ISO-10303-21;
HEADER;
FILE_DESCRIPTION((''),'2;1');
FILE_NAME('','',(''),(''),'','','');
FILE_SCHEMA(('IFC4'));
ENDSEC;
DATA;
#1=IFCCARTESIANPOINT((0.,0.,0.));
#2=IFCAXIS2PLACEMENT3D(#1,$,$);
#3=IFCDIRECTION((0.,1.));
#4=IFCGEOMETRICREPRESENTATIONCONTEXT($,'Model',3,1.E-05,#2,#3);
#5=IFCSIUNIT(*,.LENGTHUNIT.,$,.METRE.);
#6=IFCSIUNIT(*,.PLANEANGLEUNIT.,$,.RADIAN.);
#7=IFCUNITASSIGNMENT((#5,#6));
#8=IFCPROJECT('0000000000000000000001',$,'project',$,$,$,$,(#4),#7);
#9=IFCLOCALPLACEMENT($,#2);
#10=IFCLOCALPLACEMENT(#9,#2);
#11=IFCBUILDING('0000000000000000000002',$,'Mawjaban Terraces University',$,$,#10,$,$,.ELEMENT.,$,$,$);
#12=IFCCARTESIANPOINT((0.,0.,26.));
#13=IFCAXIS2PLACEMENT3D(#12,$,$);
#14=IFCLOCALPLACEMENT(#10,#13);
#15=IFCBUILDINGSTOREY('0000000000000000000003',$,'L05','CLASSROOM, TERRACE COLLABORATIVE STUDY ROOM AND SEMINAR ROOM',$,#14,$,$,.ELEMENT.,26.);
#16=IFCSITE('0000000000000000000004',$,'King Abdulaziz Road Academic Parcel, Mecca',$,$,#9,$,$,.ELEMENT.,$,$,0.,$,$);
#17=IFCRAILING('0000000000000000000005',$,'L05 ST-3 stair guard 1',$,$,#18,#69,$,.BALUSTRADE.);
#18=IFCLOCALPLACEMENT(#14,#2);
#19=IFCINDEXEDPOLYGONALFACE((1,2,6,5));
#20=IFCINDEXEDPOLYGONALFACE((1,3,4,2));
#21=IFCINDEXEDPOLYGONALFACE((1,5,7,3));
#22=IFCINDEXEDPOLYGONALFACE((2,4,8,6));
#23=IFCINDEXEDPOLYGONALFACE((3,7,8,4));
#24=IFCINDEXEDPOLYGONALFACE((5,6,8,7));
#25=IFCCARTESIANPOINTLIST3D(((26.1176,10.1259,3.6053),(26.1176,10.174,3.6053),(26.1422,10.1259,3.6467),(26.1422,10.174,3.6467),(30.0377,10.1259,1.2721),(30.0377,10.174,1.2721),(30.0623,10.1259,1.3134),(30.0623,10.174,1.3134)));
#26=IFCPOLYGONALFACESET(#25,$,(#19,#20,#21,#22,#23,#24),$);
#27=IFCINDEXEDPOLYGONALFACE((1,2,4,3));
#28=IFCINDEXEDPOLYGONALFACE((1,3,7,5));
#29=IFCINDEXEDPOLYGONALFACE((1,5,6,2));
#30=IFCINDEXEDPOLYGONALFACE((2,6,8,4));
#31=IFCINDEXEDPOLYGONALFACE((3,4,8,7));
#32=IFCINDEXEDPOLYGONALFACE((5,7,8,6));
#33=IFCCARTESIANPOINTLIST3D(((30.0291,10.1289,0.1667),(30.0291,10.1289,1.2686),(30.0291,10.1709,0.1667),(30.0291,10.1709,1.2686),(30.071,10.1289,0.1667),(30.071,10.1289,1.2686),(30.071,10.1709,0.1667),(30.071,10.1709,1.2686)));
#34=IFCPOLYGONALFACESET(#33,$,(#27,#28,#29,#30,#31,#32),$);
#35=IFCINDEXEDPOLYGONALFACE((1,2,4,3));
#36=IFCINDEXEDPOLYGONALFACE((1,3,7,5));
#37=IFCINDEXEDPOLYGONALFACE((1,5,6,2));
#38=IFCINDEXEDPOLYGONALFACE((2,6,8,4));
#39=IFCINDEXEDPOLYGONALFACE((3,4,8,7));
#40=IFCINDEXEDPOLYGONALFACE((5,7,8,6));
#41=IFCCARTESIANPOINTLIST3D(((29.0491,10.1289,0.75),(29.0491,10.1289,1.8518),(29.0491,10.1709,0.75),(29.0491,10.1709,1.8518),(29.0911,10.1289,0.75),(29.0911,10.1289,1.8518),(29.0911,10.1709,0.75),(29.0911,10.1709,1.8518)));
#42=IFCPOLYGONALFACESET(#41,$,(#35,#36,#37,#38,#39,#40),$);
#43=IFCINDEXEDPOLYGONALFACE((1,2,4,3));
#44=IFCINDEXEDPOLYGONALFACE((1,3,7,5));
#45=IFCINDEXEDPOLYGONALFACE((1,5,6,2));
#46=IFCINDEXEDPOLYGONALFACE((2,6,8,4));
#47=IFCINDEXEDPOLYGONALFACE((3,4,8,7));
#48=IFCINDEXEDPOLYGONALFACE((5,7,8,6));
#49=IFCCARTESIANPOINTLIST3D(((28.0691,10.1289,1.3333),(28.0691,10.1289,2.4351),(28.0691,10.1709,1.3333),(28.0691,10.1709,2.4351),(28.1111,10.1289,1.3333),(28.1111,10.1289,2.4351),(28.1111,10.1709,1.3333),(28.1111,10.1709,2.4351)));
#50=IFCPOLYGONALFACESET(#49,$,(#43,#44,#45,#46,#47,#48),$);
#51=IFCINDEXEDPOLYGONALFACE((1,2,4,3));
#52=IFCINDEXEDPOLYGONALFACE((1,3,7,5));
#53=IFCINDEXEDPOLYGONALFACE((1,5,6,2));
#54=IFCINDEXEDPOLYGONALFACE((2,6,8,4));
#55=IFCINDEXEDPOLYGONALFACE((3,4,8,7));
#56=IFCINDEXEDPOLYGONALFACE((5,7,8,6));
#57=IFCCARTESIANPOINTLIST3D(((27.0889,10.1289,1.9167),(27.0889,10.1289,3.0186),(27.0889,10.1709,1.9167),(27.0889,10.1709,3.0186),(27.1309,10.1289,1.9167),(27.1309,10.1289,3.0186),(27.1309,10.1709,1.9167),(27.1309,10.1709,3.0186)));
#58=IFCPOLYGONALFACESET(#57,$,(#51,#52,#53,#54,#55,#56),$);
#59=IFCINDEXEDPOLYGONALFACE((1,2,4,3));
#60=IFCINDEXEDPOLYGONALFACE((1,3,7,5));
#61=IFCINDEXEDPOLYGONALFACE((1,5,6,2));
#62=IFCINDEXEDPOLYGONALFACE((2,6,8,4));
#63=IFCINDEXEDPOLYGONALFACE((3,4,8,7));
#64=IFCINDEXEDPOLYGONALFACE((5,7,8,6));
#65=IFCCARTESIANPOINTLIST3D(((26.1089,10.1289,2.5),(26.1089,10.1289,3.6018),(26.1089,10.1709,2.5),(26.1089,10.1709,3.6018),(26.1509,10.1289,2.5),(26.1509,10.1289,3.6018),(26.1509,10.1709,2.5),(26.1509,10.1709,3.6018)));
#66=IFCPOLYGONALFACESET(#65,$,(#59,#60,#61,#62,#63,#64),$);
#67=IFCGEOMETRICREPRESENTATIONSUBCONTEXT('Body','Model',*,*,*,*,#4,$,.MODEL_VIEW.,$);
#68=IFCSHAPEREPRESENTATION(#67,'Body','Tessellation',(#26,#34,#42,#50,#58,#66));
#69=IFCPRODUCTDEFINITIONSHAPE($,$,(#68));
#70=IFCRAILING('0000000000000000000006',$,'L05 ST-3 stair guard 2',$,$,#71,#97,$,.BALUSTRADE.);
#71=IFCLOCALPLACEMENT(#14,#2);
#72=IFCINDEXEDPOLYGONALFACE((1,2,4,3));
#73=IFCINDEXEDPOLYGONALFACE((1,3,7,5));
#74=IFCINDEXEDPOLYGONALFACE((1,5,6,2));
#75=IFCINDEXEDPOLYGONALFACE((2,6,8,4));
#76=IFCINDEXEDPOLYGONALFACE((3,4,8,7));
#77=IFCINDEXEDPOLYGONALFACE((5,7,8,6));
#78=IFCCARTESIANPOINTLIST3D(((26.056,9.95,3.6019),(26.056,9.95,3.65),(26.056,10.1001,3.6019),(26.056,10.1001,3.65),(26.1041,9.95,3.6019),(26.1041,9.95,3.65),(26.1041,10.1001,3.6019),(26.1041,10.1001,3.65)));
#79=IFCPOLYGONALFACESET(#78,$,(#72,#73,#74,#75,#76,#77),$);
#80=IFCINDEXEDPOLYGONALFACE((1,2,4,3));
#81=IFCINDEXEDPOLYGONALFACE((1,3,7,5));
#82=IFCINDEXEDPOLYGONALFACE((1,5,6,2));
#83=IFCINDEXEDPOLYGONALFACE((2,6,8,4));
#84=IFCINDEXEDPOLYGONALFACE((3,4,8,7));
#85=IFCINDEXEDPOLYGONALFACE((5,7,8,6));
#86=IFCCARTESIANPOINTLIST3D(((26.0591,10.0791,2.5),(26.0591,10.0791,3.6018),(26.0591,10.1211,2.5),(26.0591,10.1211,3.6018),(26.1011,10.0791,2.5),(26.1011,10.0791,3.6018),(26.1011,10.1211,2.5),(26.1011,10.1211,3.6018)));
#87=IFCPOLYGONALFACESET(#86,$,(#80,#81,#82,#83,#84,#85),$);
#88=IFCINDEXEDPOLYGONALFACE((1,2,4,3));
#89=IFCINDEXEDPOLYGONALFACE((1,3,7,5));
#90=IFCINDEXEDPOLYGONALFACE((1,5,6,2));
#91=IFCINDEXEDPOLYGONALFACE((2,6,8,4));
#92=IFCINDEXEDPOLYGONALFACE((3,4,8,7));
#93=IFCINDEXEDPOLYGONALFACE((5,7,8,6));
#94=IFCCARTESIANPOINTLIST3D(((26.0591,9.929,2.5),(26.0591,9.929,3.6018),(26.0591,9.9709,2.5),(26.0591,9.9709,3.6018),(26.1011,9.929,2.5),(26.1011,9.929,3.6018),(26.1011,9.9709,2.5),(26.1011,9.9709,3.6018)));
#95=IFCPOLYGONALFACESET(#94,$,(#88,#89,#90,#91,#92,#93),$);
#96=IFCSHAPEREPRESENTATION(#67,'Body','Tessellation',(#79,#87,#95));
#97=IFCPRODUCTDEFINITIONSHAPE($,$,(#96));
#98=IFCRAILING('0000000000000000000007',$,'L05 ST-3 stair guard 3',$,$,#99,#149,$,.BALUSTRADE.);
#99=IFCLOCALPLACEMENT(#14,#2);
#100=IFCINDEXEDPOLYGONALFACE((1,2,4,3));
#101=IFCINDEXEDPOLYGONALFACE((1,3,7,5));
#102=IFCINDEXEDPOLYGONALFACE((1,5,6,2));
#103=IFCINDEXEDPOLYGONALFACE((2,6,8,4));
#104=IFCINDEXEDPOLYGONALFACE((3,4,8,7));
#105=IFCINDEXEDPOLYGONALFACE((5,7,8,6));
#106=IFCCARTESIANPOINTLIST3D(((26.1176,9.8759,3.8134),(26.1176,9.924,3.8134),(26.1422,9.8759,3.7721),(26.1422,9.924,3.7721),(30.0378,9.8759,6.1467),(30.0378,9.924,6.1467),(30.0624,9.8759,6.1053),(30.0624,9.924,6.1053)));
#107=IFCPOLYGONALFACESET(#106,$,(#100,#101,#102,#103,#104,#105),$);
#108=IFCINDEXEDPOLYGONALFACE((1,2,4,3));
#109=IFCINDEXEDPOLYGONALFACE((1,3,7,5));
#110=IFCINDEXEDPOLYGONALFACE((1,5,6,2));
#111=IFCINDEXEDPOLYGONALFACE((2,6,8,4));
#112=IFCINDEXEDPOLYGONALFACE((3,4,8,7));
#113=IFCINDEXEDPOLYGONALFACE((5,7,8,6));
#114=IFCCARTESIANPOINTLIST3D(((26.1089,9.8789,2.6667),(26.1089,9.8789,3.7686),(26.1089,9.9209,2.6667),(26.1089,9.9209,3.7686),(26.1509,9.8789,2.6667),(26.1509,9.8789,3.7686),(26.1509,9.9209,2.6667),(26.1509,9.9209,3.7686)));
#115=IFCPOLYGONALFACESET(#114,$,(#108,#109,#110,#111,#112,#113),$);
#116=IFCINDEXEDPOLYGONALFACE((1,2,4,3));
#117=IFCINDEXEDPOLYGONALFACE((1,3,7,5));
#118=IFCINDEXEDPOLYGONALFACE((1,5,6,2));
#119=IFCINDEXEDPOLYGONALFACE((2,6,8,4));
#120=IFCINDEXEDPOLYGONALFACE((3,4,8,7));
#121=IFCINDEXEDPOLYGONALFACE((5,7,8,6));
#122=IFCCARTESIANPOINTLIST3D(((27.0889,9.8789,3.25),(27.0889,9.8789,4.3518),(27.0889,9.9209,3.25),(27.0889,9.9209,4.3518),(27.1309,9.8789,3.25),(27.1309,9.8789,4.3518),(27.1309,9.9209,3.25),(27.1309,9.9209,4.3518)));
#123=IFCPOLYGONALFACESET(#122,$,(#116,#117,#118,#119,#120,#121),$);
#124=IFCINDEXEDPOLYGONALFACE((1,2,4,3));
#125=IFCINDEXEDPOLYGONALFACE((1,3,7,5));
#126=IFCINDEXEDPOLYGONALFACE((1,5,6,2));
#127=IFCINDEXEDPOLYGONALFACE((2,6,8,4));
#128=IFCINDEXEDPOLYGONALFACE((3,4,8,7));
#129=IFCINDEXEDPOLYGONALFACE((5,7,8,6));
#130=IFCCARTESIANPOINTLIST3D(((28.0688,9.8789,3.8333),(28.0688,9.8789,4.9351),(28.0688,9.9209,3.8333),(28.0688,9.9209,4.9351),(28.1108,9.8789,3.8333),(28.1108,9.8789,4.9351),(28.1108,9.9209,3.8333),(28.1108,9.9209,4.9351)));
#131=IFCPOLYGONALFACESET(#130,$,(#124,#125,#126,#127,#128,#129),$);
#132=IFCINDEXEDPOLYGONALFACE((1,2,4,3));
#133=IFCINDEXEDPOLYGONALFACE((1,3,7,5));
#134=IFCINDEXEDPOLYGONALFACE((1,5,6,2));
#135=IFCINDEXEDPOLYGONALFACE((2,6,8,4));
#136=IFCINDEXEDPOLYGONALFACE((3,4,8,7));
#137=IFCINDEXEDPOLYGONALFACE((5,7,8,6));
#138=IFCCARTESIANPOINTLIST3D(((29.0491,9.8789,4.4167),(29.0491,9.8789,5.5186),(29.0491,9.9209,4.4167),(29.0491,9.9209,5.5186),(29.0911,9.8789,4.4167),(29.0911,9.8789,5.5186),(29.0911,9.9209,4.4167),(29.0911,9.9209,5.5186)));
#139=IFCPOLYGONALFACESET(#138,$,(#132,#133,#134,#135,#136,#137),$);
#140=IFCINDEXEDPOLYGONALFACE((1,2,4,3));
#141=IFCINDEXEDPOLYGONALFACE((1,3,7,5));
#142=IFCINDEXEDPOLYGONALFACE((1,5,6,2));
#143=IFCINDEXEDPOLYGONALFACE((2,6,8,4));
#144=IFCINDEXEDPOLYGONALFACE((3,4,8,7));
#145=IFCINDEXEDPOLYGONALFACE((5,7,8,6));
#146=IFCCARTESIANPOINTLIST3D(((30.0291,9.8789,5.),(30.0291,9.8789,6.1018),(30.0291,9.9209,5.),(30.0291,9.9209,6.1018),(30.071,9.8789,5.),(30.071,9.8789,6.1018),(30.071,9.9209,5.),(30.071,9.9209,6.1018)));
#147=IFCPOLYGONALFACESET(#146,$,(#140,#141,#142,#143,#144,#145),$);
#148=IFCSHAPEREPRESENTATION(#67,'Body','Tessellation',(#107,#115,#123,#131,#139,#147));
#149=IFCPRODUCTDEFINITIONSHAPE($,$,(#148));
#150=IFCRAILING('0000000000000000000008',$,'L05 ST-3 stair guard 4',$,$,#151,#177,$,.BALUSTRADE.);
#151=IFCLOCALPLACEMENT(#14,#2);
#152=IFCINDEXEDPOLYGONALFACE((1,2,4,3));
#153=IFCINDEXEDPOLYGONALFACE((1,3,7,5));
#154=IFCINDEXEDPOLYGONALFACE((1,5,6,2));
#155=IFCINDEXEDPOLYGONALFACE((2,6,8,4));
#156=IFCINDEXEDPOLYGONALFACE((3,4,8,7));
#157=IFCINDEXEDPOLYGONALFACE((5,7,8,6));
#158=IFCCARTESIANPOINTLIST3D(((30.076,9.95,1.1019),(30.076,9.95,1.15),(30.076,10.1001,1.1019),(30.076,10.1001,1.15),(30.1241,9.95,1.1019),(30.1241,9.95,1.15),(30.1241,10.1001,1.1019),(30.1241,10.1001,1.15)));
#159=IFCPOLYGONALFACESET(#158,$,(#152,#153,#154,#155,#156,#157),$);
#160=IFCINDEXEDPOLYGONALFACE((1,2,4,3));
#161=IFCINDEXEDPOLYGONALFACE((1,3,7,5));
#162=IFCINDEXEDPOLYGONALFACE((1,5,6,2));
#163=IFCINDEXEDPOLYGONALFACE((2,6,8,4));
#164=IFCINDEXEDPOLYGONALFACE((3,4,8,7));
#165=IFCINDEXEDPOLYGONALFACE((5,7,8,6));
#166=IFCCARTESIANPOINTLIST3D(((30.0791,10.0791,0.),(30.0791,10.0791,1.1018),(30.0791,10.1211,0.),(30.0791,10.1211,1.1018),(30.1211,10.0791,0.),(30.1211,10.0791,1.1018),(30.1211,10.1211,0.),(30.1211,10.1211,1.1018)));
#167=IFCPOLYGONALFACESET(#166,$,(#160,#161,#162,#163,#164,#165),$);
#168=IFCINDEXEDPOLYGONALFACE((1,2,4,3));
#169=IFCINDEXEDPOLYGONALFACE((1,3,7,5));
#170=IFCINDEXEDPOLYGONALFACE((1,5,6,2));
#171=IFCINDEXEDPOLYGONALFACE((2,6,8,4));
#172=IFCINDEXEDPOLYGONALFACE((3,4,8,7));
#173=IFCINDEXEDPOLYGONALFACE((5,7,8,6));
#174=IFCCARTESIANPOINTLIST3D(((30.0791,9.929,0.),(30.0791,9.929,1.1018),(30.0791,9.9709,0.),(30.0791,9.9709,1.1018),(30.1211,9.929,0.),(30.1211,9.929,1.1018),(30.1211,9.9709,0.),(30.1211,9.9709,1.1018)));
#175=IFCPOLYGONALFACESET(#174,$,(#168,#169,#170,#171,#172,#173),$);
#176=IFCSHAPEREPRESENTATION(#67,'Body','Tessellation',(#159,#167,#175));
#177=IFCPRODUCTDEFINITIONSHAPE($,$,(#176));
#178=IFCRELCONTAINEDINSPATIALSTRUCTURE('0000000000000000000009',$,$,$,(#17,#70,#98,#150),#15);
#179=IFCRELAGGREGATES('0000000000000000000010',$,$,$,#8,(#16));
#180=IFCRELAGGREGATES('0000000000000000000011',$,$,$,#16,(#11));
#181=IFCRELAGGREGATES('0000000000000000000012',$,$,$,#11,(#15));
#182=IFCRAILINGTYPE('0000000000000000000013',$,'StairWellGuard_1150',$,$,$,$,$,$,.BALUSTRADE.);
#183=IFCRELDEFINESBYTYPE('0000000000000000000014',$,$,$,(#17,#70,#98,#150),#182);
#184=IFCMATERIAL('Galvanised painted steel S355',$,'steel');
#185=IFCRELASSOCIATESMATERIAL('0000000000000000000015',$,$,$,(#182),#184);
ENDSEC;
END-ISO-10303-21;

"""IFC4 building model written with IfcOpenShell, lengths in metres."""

from ifc_helpers import new_model, si_unit, direction, frame, origin, origin_2d, place, context, subcontext, project, spatial, rectangle, extrude, material, type_object, element, save


model = new_model("IFC4")

# Units and contexts
model_context = context("Model", 3, precision=1e-05, world=origin(), true_north=direction((0.0, 1.0)))
body_context = subcontext(model_context, "Body", "Model", "MODEL_VIEW")
ifc_project = project(units=[si_unit("LENGTHUNIT", "METRE"), si_unit("PLANEANGLEUNIT", "RADIAN")], contexts=[model_context])

# Site, building, storey
site_placement = place(None, origin())
site = spatial("IfcSite", under=ifc_project, at=site_placement, Name="King Abdulaziz Road Academic Parcel, Mecca", CompositionType="ELEMENT", RefElevation=0.0)
building_placement = place(site_placement, origin())
building = spatial("IfcBuilding", under=site, at=building_placement, Name="Mawjaban Terraces University", CompositionType="ELEMENT")
storey_placement = place(building_placement, frame((0.0, 0.0, 26.0)))
storey = spatial("IfcBuildingStorey", under=building, at=storey_placement, Name="L05", Description="CLASSROOM, TERRACE COLLABORATIVE STUDY ROOM AND SEMINAR ROOM", CompositionType="ELEMENT", Elevation=26.0)

# Railings
ifc_material_1 = material(Name="Galvanised painted steel S355", Category="steel")
railing_type_1 = type_object("IfcRailingType", Name="StairWellGuard_1150", PredefinedType="BALUSTRADE", material=ifc_material_1)
railing_1_placement = place(storey_placement, frame((30.05, 10.1499, 0.1667)))
element("IfcRailing", 1, at=railing_1_placement, inside=storey, type_object=railing_type_1, Name="L05 ST-3 stair guard 1", PredefinedType="BALUSTRADE", context=body_context, shape_type="SweptSolid", body=[
    extrude(rectangle(XDim=0.0481, YDim=0.0481, at=origin_2d()), frame((0.0, 0.0, 1.126), z_axis=(-0.85931, 0.0, 0.511455), x_axis=(0.0, -1.0, 0.0)), (0.0, 0.0, 1.0), 4.562),
    extrude(rectangle(XDim=0.042, YDim=0.042, at=origin_2d()), origin(), (0.0, 0.0, 1.0), 1.1018),
    extrude(rectangle(XDim=0.042, YDim=0.042, at=origin_2d()), frame((-0.98, 0.0, 0.5833)), (0.0, 0.0, 1.0), 1.1018),
    extrude(rectangle(XDim=0.042, YDim=0.042, at=origin_2d()), frame((-1.96, 0.0, 1.1665)), (0.0, 0.0, 1.0), 1.1018),
    extrude(rectangle(XDim=0.042, YDim=0.042, at=origin_2d()), frame((-2.9402, 0.0, 1.75)), (0.0, 0.0, 1.0), 1.1018),
    extrude(rectangle(XDim=0.042, YDim=0.042, at=origin_2d()), frame((-3.9202, 0.0, 2.3333)), (0.0, 0.0, 1.0), 1.1018),
])
railing_2_placement = place(storey_placement, frame((26.0801, 10.1001, 2.5)))
element("IfcRailing", 2, at=railing_2_placement, inside=storey, type_object=railing_type_1, Name="L05 ST-3 stair guard 2", PredefinedType="BALUSTRADE", context=body_context, shape_type="SweptSolid", body=[
    extrude(rectangle(XDim=0.0481, YDim=0.0481, at=origin_2d()), frame((0.0, 0.0, 1.126), z_axis=(0.0, -1.0, 0.0), x_axis=(1.0, 0.0, 0.0)), (0.0, 0.0, 1.0), 0.1501),
    extrude(rectangle(XDim=0.042, YDim=0.042, at=origin_2d()), origin(), (0.0, 0.0, 1.0), 1.1018),
    extrude(rectangle(XDim=0.042, YDim=0.042, at=origin_2d()), frame((0.0, -0.1501, 0.0)), (0.0, 0.0, 1.0), 1.1018),
])
railing_3_placement = place(storey_placement, frame((26.1299, 9.8999, 2.6667)))
element("IfcRailing", 3, at=railing_3_placement, inside=storey, type_object=railing_type_1, Name="L05 ST-3 stair guard 3", PredefinedType="BALUSTRADE", context=body_context, shape_type="SweptSolid", body=[
    extrude(rectangle(XDim=0.0481, YDim=0.0481, at=origin_2d()), frame((0.0, 0.0, 1.126), z_axis=(0.85931, 0.0, 0.511455), x_axis=(0.0, 1.0, 0.0)), (0.0, 0.0, 1.0), 4.562),
    extrude(rectangle(XDim=0.042, YDim=0.042, at=origin_2d()), origin(), (0.0, 0.0, 1.0), 1.1018),
    extrude(rectangle(XDim=0.042, YDim=0.042, at=origin_2d()), frame((0.98, 0.0, 0.5833)), (0.0, 0.0, 1.0), 1.1018),
    extrude(rectangle(XDim=0.042, YDim=0.042, at=origin_2d()), frame((1.96, 0.0, 1.1665)), (0.0, 0.0, 1.0), 1.1018),
    extrude(rectangle(XDim=0.042, YDim=0.042, at=origin_2d()), frame((2.9402, 0.0, 1.75)), (0.0, 0.0, 1.0), 1.1018),
    extrude(rectangle(XDim=0.042, YDim=0.042, at=origin_2d()), frame((3.9202, 0.0, 2.3333)), (0.0, 0.0, 1.0), 1.1018),
])
railing_4_placement = place(storey_placement, frame((30.1001, 10.1001, 0.0)))
element("IfcRailing", 4, at=railing_4_placement, inside=storey, type_object=railing_type_1, Name="L05 ST-3 stair guard 4", PredefinedType="BALUSTRADE", context=body_context, shape_type="SweptSolid", body=[
    extrude(rectangle(XDim=0.0481, YDim=0.0481, at=origin_2d()), frame((0.0, 0.0, 1.126), z_axis=(0.0, -1.0, 0.0), x_axis=(1.0, 0.0, 0.0)), (0.0, 0.0, 1.0), 0.1501),
    extrude(rectangle(XDim=0.042, YDim=0.042, at=origin_2d()), origin(), (0.0, 0.0, 1.0), 1.1018),
    extrude(rectangle(XDim=0.042, YDim=0.042, at=origin_2d()), frame((0.0, -0.1501, 0.0)), (0.0, 0.0, 1.0), 1.1018),
])

save(model, "model.ifc")
